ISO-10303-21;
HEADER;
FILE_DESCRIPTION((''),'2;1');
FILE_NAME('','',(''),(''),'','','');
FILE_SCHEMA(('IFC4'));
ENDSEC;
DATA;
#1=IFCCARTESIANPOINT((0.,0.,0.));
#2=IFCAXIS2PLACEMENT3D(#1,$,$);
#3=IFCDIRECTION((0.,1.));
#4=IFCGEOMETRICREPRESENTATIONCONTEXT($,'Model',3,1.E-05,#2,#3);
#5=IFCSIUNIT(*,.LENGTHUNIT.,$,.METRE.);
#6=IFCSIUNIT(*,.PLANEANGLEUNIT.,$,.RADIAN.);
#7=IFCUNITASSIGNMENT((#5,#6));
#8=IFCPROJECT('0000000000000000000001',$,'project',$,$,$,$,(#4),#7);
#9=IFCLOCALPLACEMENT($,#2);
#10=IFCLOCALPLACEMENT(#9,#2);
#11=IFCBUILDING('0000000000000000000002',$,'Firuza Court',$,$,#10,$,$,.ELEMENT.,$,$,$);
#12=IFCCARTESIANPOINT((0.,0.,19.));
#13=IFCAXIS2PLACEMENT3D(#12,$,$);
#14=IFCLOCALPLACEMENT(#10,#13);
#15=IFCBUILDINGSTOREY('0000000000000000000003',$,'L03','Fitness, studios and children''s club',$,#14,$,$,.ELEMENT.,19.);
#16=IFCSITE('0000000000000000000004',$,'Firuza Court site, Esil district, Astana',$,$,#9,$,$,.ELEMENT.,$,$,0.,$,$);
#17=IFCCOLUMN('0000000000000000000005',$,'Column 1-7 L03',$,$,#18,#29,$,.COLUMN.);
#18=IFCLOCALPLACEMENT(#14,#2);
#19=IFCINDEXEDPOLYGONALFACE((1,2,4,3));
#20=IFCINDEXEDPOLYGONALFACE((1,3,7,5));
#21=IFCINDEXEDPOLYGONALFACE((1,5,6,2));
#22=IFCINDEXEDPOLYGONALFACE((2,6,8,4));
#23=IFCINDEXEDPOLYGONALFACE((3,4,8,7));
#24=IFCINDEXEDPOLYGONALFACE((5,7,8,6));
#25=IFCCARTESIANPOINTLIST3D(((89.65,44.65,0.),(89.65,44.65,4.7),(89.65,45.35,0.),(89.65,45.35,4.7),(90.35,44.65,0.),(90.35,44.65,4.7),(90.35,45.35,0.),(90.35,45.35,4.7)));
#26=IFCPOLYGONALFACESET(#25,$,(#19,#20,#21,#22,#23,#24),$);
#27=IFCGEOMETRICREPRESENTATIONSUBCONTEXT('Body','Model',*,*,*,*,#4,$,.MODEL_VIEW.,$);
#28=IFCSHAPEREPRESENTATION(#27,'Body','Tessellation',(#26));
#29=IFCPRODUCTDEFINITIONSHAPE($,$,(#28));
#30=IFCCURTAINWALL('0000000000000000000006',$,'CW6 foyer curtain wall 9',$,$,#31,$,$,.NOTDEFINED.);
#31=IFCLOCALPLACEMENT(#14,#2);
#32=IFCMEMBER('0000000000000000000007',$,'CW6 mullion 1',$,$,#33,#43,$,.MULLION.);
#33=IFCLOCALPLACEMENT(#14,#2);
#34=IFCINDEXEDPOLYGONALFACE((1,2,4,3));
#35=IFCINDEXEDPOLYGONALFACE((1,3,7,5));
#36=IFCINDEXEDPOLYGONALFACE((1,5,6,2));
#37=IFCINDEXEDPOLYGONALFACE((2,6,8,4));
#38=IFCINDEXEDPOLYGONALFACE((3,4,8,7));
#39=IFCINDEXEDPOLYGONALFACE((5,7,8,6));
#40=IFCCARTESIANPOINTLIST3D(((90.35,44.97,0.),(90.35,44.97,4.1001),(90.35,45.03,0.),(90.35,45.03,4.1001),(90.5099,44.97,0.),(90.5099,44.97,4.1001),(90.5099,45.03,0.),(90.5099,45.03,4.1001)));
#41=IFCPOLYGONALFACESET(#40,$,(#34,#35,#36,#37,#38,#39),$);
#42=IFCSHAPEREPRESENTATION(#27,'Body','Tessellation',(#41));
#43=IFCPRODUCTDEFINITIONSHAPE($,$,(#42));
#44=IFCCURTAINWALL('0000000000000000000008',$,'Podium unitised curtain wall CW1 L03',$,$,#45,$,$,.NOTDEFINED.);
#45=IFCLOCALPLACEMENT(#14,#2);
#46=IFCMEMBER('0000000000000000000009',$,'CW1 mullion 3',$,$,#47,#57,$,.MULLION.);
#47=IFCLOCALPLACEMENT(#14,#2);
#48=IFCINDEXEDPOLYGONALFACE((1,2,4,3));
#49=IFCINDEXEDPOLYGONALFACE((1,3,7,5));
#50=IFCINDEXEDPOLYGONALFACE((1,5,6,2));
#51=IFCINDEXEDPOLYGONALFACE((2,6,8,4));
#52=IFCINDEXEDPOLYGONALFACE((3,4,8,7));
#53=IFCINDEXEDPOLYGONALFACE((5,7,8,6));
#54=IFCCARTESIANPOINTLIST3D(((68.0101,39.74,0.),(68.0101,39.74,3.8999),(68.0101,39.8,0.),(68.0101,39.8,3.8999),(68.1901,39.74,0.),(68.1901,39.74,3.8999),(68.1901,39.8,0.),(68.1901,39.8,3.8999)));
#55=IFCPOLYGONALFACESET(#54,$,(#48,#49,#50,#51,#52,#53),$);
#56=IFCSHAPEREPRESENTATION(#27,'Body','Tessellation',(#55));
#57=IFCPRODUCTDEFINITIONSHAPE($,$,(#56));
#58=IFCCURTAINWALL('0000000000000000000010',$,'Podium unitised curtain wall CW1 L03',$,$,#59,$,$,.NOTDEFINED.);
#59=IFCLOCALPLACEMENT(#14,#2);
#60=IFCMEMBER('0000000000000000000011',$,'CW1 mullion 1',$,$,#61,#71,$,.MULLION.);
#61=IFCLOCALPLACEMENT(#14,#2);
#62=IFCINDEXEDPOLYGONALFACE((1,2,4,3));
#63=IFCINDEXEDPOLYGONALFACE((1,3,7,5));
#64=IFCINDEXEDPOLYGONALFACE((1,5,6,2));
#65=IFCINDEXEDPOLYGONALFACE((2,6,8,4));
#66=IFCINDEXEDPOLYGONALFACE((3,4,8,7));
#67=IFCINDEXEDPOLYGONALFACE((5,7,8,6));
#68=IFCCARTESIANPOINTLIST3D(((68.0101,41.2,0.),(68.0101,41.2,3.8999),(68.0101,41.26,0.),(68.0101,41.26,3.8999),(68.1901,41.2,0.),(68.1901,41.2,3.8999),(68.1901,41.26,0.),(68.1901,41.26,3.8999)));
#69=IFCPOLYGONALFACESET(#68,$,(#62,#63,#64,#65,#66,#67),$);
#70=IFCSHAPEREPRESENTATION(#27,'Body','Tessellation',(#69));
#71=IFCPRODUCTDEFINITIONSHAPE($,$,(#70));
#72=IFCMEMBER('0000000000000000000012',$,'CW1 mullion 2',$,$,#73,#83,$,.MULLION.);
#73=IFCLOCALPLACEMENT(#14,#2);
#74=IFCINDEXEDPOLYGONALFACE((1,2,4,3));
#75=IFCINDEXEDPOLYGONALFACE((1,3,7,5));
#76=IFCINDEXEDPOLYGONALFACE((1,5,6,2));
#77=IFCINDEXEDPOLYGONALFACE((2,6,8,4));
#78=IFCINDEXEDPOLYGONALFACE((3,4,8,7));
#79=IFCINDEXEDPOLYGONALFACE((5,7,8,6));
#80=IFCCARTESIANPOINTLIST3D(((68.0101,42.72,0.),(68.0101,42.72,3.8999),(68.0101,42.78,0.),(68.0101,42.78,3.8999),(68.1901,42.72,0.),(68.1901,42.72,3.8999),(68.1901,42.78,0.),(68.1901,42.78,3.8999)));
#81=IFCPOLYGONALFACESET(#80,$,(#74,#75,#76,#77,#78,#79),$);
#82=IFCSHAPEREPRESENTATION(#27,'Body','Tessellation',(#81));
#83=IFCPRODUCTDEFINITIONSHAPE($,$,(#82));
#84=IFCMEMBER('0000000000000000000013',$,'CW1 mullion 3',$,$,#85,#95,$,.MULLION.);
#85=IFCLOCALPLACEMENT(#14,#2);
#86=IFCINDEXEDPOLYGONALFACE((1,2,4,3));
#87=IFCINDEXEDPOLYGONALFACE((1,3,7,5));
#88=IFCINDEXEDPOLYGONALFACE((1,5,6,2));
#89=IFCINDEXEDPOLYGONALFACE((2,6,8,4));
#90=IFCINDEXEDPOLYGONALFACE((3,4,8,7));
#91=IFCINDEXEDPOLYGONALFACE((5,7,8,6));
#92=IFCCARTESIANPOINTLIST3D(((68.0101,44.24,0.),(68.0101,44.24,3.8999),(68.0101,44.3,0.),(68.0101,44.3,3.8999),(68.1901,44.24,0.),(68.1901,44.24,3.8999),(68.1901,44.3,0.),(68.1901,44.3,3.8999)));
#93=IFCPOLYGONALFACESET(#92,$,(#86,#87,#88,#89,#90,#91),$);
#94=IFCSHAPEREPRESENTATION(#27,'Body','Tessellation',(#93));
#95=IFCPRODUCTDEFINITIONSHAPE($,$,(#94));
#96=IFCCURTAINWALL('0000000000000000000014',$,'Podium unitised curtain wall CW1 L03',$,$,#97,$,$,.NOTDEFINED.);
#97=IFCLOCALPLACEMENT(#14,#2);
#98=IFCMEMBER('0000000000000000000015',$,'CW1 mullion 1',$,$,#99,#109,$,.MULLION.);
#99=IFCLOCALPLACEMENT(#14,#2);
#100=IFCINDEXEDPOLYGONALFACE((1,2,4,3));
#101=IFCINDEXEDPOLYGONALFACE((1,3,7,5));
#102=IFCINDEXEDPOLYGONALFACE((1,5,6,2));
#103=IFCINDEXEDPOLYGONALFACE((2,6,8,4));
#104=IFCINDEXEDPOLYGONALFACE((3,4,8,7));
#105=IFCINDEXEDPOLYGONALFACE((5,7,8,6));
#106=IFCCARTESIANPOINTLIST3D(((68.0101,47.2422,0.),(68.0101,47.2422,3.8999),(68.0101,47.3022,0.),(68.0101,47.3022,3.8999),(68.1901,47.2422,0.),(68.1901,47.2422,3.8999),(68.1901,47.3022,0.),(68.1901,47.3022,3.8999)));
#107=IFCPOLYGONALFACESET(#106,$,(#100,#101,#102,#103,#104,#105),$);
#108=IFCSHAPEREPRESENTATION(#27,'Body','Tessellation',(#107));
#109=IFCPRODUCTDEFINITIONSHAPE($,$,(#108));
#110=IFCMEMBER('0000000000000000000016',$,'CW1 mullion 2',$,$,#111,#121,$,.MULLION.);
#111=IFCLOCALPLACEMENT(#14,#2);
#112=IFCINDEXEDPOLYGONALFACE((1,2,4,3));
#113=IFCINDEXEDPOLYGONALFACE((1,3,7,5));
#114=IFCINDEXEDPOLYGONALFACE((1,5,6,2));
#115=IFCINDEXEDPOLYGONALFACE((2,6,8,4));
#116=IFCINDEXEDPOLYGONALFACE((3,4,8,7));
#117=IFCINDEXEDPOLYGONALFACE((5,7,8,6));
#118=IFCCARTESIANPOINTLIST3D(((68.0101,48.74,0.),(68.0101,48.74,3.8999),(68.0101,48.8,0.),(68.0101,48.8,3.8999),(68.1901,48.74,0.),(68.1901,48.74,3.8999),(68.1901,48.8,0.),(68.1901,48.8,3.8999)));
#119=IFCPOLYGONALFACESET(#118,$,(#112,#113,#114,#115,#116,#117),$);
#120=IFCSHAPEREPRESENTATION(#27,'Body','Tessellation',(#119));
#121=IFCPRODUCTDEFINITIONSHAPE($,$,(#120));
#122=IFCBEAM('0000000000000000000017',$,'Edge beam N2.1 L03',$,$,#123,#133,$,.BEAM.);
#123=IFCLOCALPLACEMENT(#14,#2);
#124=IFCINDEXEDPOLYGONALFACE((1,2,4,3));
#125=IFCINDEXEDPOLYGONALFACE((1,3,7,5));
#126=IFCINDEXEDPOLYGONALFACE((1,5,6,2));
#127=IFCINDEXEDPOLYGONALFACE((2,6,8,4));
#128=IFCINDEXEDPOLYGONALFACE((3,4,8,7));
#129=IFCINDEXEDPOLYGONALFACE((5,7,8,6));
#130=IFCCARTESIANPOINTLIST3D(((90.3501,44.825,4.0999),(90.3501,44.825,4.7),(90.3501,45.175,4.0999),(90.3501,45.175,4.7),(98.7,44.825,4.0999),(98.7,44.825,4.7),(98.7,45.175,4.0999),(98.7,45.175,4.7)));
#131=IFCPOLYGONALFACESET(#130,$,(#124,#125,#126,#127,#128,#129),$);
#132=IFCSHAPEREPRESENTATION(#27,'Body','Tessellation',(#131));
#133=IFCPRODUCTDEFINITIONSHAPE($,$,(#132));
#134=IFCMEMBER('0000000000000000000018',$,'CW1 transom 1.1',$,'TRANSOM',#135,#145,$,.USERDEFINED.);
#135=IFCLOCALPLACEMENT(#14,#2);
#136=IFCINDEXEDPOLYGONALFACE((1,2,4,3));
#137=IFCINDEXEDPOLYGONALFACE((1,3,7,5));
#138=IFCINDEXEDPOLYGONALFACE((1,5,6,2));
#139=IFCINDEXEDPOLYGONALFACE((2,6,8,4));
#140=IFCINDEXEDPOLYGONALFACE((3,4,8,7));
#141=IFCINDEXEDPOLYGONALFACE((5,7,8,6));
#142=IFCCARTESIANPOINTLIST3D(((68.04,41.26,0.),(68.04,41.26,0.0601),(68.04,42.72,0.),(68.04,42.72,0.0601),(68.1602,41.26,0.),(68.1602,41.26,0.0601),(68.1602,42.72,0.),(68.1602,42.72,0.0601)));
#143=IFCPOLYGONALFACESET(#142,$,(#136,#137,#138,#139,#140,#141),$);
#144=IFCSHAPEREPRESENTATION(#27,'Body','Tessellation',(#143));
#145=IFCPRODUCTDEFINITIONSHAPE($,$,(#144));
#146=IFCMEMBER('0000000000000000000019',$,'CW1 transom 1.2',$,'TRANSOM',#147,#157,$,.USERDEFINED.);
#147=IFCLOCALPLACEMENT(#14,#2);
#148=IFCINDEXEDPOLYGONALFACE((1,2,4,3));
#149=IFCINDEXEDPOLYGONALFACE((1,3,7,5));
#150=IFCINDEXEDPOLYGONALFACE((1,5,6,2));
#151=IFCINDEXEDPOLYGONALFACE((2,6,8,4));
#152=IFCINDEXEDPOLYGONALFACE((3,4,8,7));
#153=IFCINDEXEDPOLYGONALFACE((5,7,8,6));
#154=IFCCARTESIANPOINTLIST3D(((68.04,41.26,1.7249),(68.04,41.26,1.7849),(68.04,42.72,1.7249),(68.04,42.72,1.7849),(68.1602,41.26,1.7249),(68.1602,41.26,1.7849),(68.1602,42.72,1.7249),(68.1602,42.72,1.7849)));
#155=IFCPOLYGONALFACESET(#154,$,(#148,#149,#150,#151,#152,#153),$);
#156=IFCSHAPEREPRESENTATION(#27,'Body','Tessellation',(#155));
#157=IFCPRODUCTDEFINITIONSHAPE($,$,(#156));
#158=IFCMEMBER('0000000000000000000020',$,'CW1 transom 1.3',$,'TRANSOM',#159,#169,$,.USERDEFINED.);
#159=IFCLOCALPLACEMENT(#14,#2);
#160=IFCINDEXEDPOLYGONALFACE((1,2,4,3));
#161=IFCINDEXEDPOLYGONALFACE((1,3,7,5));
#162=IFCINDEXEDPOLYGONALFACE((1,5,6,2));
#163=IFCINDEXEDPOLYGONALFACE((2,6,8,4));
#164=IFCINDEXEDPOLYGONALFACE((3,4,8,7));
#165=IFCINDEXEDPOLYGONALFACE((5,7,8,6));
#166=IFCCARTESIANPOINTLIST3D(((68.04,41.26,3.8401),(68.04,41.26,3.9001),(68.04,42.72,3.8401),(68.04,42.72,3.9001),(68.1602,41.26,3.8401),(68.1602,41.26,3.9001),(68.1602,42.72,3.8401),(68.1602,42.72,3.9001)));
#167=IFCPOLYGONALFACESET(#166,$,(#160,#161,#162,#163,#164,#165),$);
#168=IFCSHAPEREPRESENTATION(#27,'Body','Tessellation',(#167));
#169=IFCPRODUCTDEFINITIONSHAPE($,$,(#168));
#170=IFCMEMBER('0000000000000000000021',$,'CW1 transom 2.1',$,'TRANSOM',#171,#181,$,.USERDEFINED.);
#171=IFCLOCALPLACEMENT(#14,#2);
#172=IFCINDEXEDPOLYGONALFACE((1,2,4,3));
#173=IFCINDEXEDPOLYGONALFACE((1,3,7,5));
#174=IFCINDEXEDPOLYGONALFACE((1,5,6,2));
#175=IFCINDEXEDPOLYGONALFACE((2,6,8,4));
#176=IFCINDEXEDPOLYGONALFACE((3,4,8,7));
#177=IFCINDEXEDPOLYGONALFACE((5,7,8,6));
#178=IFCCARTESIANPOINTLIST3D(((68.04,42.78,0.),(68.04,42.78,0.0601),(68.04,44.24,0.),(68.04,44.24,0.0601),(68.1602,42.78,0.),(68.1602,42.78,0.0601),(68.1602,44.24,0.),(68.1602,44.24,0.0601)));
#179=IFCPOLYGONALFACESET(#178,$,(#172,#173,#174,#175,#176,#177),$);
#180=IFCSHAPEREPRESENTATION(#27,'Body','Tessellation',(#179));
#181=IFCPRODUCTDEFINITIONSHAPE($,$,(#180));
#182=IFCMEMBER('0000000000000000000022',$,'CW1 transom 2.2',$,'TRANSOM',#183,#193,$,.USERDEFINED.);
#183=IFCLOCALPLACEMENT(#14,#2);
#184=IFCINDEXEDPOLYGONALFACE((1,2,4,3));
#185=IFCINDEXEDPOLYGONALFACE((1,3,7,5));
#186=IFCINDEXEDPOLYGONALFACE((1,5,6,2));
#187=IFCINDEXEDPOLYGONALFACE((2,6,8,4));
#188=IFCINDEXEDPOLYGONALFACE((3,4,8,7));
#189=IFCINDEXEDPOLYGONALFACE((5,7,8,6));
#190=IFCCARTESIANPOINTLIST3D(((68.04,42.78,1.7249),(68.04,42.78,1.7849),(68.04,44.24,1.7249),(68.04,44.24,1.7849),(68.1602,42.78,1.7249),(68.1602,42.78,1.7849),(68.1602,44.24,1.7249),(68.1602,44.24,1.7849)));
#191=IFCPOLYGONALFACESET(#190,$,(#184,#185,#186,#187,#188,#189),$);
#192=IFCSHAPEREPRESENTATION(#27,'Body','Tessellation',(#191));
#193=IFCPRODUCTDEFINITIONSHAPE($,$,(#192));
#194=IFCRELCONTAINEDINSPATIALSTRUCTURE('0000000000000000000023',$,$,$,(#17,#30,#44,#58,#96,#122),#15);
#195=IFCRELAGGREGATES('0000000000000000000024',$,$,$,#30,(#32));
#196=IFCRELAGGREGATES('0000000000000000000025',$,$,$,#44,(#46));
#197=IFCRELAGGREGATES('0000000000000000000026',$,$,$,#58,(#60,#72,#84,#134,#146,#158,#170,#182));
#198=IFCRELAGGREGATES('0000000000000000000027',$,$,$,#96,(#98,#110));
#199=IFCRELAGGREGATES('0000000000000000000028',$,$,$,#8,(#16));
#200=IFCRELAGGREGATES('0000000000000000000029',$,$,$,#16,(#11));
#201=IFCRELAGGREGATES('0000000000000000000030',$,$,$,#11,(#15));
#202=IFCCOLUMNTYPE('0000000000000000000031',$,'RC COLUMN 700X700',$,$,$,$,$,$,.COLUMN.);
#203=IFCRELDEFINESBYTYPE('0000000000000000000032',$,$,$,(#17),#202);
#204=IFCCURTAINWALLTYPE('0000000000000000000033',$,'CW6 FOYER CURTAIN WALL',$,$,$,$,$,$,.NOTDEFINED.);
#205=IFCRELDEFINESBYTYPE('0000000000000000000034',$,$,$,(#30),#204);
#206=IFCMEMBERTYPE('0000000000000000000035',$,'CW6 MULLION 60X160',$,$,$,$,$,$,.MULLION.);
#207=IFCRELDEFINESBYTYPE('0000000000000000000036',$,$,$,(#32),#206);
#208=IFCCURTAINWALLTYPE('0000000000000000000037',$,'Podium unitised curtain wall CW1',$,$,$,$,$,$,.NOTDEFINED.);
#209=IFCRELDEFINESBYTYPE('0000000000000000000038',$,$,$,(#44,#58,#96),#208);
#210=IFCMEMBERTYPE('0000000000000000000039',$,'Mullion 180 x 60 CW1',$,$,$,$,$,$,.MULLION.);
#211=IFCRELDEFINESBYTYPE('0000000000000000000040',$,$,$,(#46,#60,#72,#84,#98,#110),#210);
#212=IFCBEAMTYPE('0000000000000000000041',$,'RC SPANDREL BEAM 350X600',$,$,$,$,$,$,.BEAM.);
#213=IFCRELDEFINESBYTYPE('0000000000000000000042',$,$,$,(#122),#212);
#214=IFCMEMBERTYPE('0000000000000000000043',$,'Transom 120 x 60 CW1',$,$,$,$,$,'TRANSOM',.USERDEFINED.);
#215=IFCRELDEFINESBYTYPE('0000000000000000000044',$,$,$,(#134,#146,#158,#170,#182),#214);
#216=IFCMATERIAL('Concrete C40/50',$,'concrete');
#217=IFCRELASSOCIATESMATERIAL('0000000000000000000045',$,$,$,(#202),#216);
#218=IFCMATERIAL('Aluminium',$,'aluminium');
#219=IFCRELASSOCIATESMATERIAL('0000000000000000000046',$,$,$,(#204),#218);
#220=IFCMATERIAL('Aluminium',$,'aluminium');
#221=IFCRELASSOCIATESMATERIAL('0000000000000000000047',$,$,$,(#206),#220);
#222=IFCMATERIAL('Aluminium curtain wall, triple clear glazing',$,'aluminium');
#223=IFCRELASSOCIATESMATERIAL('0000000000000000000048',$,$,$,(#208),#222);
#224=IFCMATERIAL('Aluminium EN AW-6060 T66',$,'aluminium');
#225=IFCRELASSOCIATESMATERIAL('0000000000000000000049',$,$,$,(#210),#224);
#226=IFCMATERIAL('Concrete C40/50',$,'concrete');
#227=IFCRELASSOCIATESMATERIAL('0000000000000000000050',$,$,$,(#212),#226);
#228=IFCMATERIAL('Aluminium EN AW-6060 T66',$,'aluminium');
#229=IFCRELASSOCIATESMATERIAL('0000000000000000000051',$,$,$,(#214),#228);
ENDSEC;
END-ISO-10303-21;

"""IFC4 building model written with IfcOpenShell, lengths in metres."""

from ifc_helpers import new_model, si_unit, direction, frame, origin, origin_2d, place, context, subcontext, project, spatial, rectangle, extrude, material, material_profile, profile_set, type_object, element, aggregate, save


model = new_model("IFC4")

# Units and contexts
model_context = context("Model", 3, precision=1e-05, world=origin(), true_north=direction((0.0, 1.0)))
body_context = subcontext(model_context, "Body", "Model", "MODEL_VIEW")
ifc_project = project(units=[si_unit("LENGTHUNIT", "METRE"), si_unit("PLANEANGLEUNIT", "RADIAN")], contexts=[model_context])

# Site, building, storey
site_placement = place(None, origin())
site = spatial("IfcSite", under=ifc_project, at=site_placement, Name="Firuza Court site, Esil district, Astana", CompositionType="ELEMENT", RefElevation=0.0)
building_placement = place(site_placement, origin())
building = spatial("IfcBuilding", under=site, at=building_placement, Name="Firuza Court", CompositionType="ELEMENT")
storey_placement = place(building_placement, frame((0.0, 0.0, 19.0)))
storey = spatial("IfcBuildingStorey", under=building, at=storey_placement, Name="L03", Description="Fitness, studios and children's club", CompositionType="ELEMENT", Elevation=19.0)

# Column
ifc_material_1 = material(Name="Concrete C40/50", Category="concrete")
ifc_material_profile_1 = material_profile(ifc_material_1, rectangle(XDim=0.7, YDim=0.7, at=origin_2d()), Name="RC 700X700")
ifc_profile_set_1 = profile_set([ifc_material_profile_1], Name="Concrete C40/50")
column_type = type_object("IfcColumnType", Name="RC COLUMN 700X700", PredefinedType="COLUMN", material=ifc_profile_set_1)
column_placement = place(storey_placement, frame((90.0, 45.0, 0.0), z_axis=(0.0, 0.0, 1.0), x_axis=(1.0, 0.0, 0.0)))
element("IfcColumn", 1, at=column_placement, inside=storey, type_object=column_type, Name="Column 1-7 L03", PredefinedType="COLUMN", context=body_context, shape_type="SweptSolid", body=[
    extrude(rectangle(XDim=0.7, YDim=0.7, at=origin_2d()), origin(), (0.0, 0.0, 1.0), 4.7),
])

# Curtain walls, members
ifc_material_2 = material(Name="Aluminium", Category="aluminium")
curtain_wall_type_1 = type_object("IfcCurtainWallType", Name="CW6 FOYER CURTAIN WALL", PredefinedType="NOTDEFINED", material=ifc_material_2)
curtain_wall_1_placement = place(storey_placement, origin())
curtain_wall_1 = element("IfcCurtainWall", 2, at=curtain_wall_1_placement, inside=storey, type_object=curtain_wall_type_1, Name="CW6 foyer curtain wall 9", PredefinedType="NOTDEFINED")
ifc_material_3 = material(Name="Aluminium", Category="aluminium")
ifc_material_profile_2 = material_profile(ifc_material_3, rectangle(XDim=0.0601, YDim=0.1599, at=origin_2d()), Name="MULLION 60X160")
ifc_profile_set_2 = profile_set([ifc_material_profile_2], Name="Aluminium")
member_type_1 = type_object("IfcMemberType", Name="CW6 MULLION 60X160", PredefinedType="MULLION", material=ifc_profile_set_2)
member_1_placement = place(storey_placement, frame((90.4299, 45.0, 0.0), z_axis=(0.0, 0.0, 1.0), x_axis=(0.0, 1.0, 0.0)))
member_1 = element("IfcMember", 3, at=member_1_placement, type_object=member_type_1, Name="CW6 mullion 1", PredefinedType="MULLION", context=body_context, shape_type="SweptSolid", body=[
    extrude(rectangle(XDim=0.0601, YDim=0.1599, at=origin_2d()), origin(), (0.0, 0.0, 1.0), 4.1001),
])
aggregate(curtain_wall_1, [member_1])
ifc_material_4 = material(Name="Aluminium curtain wall, triple clear glazing", Category="aluminium")
curtain_wall_type_2 = type_object("IfcCurtainWallType", Name="Podium unitised curtain wall CW1", PredefinedType="NOTDEFINED", material=ifc_material_4)
curtain_wall_2_placement = place(storey_placement, origin())
curtain_wall_2 = element("IfcCurtainWall", 4, at=curtain_wall_2_placement, inside=storey, type_object=curtain_wall_type_2, Name="Podium unitised curtain wall CW1 L03", PredefinedType="NOTDEFINED")
ifc_material_5 = material(Name="Aluminium EN AW-6060 T66", Category="aluminium")
ifc_material_profile_3 = material_profile(ifc_material_5, rectangle(XDim=0.1799, YDim=0.0601, at=origin_2d()), Name="Mullion 180 x 60 CW1")
ifc_profile_set_3 = profile_set([ifc_material_profile_3], Name="Aluminium EN AW-6060 T66")
member_type_2 = type_object("IfcMemberType", Name="Mullion 180 x 60 CW1", PredefinedType="MULLION", material=ifc_profile_set_3)
member_2_placement = place(storey_placement, frame((68.1001, 39.77, 0.0), z_axis=(0.0, 0.0, 1.0), x_axis=(-1.0, 0.0, 0.0)))
member_2 = element("IfcMember", 5, at=member_2_placement, type_object=member_type_2, Name="CW1 mullion 3", PredefinedType="MULLION", context=body_context, shape_type="SweptSolid", body=[
    extrude(rectangle(XDim=0.1799, YDim=0.0601, at=origin_2d()), origin(), (0.0, 0.0, 1.0), 3.8999),
])
aggregate(curtain_wall_2, [member_2])

# Curtain walls, members
curtain_wall_3_placement = place(storey_placement, origin())
curtain_wall_3 = element("IfcCurtainWall", 6, at=curtain_wall_3_placement, inside=storey, type_object=curtain_wall_type_2, Name="Podium unitised curtain wall CW1 L03", PredefinedType="NOTDEFINED")
member_3_placement = place(storey_placement, frame((68.1001, 41.23, 0.0), z_axis=(0.0, 0.0, 1.0), x_axis=(-1.0, 0.0, 0.0)))
member_3 = element("IfcMember", 7, at=member_3_placement, type_object=member_type_2, Name="CW1 mullion 1", PredefinedType="MULLION", context=body_context, shape_type="SweptSolid", body=[
    extrude(rectangle(XDim=0.1799, YDim=0.0601, at=origin_2d()), origin(), (0.0, 0.0, 1.0), 3.8999),
])
member_4_placement = place(storey_placement, frame((68.1001, 42.75, 0.0), z_axis=(0.0, 0.0, 1.0), x_axis=(-1.0, 0.0, 0.0)))
member_4 = element("IfcMember", 8, at=member_4_placement, type_object=member_type_2, Name="CW1 mullion 2", PredefinedType="MULLION", context=body_context, shape_type="SweptSolid", body=[
    extrude(rectangle(XDim=0.1799, YDim=0.0601, at=origin_2d()), origin(), (0.0, 0.0, 1.0), 3.8999),
])
member_5_placement = place(storey_placement, frame((68.1001, 44.27, 0.0), z_axis=(0.0, 0.0, 1.0), x_axis=(-1.0, 0.0, 0.0)))
member_5 = element("IfcMember", 9, at=member_5_placement, type_object=member_type_2, Name="CW1 mullion 3", PredefinedType="MULLION", context=body_context, shape_type="SweptSolid", body=[
    extrude(rectangle(XDim=0.1799, YDim=0.0601, at=origin_2d()), origin(), (0.0, 0.0, 1.0), 3.8999),
])
curtain_wall_4_placement = place(storey_placement, origin())
curtain_wall_4 = element("IfcCurtainWall", 10, at=curtain_wall_4_placement, inside=storey, type_object=curtain_wall_type_2, Name="Podium unitised curtain wall CW1 L03", PredefinedType="NOTDEFINED")
member_6_placement = place(storey_placement, frame((68.1001, 47.2722, 0.0), z_axis=(0.0, 0.0, 1.0), x_axis=(-1.0, 0.0, 0.0)))
member_6 = element("IfcMember", 11, at=member_6_placement, type_object=member_type_2, Name="CW1 mullion 1", PredefinedType="MULLION", context=body_context, shape_type="SweptSolid", body=[
    extrude(rectangle(XDim=0.1799, YDim=0.0601, at=origin_2d()), origin(), (0.0, 0.0, 1.0), 3.8999),
])
member_7_placement = place(storey_placement, frame((68.1001, 48.77, 0.0), z_axis=(0.0, 0.0, 1.0), x_axis=(-1.0, 0.0, 0.0)))
member_7 = element("IfcMember", 12, at=member_7_placement, type_object=member_type_2, Name="CW1 mullion 2", PredefinedType="MULLION", context=body_context, shape_type="SweptSolid", body=[
    extrude(rectangle(XDim=0.1799, YDim=0.0601, at=origin_2d()), origin(), (0.0, 0.0, 1.0), 3.8999),
])

# Beam
ifc_material_6 = material(Name="Concrete C40/50", Category="concrete")
ifc_material_profile_4 = material_profile(ifc_material_6, rectangle(XDim=0.3501, YDim=0.6001, at=origin_2d()), Name="RC 350X600")
ifc_profile_set_4 = profile_set([ifc_material_profile_4], Name="Concrete C40/50")
beam_type = type_object("IfcBeamType", Name="RC SPANDREL BEAM 350X600", PredefinedType="BEAM", material=ifc_profile_set_4)
beam_placement = place(storey_placement, frame((90.3501, 45.0, 4.3999), z_axis=(1.0, 0.0, 0.0), x_axis=(0.0, 1.0, 0.0)))
element("IfcBeam", 13, at=beam_placement, inside=storey, type_object=beam_type, Name="Edge beam N2.1 L03", PredefinedType="BEAM", context=body_context, shape_type="SweptSolid", body=[
    extrude(rectangle(XDim=0.3501, YDim=0.6001, at=origin_2d()), origin(), (0.0, 0.0, 1.0), 8.3499),
])

# Members
ifc_material_7 = material(Name="Aluminium EN AW-6060 T66", Category="aluminium")
ifc_material_profile_5 = material_profile(ifc_material_7, rectangle(XDim=0.1201, YDim=0.0601, at=origin_2d()), Name="Transom 120 x 60 CW1")
ifc_profile_set_5 = profile_set([ifc_material_profile_5], Name="Aluminium EN AW-6060 T66")
member_type_3 = type_object("IfcMemberType", Name="Transom 120 x 60 CW1", ElementType="TRANSOM", PredefinedType="USERDEFINED", material=ifc_profile_set_5)
member_8_placement = place(storey_placement, frame((68.1001, 41.26, 0.03), z_axis=(0.0, 1.0, 0.0), x_axis=(-1.0, 0.0, 0.0)))
member_8 = element("IfcMember", 14, at=member_8_placement, type_object=member_type_3, Name="CW1 transom 1.1", ObjectType="TRANSOM", PredefinedType="USERDEFINED", context=body_context, shape_type="SweptSolid", body=[
    extrude(rectangle(XDim=0.1201, YDim=0.0601, at=origin_2d()), origin(), (0.0, 0.0, 1.0), 1.46),
])
member_9_placement = place(storey_placement, frame((68.1001, 41.26, 1.7549), z_axis=(0.0, 1.0, 0.0), x_axis=(-1.0, 0.0, 0.0)))
member_9 = element("IfcMember", 15, at=member_9_placement, type_object=member_type_3, Name="CW1 transom 1.2", ObjectType="TRANSOM", PredefinedType="USERDEFINED", context=body_context, shape_type="SweptSolid", body=[
    extrude(rectangle(XDim=0.1201, YDim=0.0601, at=origin_2d()), origin(), (0.0, 0.0, 1.0), 1.46),
])
member_10_placement = place(storey_placement, frame((68.1001, 41.26, 3.8701), z_axis=(0.0, 1.0, 0.0), x_axis=(-1.0, 0.0, 0.0)))
member_10 = element("IfcMember", 16, at=member_10_placement, type_object=member_type_3, Name="CW1 transom 1.3", ObjectType="TRANSOM", PredefinedType="USERDEFINED", context=body_context, shape_type="SweptSolid", body=[
    extrude(rectangle(XDim=0.1201, YDim=0.0601, at=origin_2d()), origin(), (0.0, 0.0, 1.0), 1.46),
])
member_11_placement = place(storey_placement, frame((68.1001, 42.78, 0.03), z_axis=(0.0, 1.0, 0.0), x_axis=(-1.0, 0.0, 0.0)))
member_11 = element("IfcMember", 17, at=member_11_placement, type_object=member_type_3, Name="CW1 transom 2.1", ObjectType="TRANSOM", PredefinedType="USERDEFINED", context=body_context, shape_type="SweptSolid", body=[
    extrude(rectangle(XDim=0.1201, YDim=0.0601, at=origin_2d()), origin(), (0.0, 0.0, 1.0), 1.46),
])
member_12_placement = place(storey_placement, frame((68.1001, 42.78, 1.7549), z_axis=(0.0, 1.0, 0.0), x_axis=(-1.0, 0.0, 0.0)))
member_12 = element("IfcMember", 18, at=member_12_placement, type_object=member_type_3, Name="CW1 transom 2.2", ObjectType="TRANSOM", PredefinedType="USERDEFINED", context=body_context, shape_type="SweptSolid", body=[
    extrude(rectangle(XDim=0.1201, YDim=0.0601, at=origin_2d()), origin(), (0.0, 0.0, 1.0), 1.46),
])

aggregate(curtain_wall_3, [member_3, member_4, member_5, member_8, member_9, member_10, member_11, member_12])
aggregate(curtain_wall_4, [member_6, member_7])

save(model, "model.ifc")
